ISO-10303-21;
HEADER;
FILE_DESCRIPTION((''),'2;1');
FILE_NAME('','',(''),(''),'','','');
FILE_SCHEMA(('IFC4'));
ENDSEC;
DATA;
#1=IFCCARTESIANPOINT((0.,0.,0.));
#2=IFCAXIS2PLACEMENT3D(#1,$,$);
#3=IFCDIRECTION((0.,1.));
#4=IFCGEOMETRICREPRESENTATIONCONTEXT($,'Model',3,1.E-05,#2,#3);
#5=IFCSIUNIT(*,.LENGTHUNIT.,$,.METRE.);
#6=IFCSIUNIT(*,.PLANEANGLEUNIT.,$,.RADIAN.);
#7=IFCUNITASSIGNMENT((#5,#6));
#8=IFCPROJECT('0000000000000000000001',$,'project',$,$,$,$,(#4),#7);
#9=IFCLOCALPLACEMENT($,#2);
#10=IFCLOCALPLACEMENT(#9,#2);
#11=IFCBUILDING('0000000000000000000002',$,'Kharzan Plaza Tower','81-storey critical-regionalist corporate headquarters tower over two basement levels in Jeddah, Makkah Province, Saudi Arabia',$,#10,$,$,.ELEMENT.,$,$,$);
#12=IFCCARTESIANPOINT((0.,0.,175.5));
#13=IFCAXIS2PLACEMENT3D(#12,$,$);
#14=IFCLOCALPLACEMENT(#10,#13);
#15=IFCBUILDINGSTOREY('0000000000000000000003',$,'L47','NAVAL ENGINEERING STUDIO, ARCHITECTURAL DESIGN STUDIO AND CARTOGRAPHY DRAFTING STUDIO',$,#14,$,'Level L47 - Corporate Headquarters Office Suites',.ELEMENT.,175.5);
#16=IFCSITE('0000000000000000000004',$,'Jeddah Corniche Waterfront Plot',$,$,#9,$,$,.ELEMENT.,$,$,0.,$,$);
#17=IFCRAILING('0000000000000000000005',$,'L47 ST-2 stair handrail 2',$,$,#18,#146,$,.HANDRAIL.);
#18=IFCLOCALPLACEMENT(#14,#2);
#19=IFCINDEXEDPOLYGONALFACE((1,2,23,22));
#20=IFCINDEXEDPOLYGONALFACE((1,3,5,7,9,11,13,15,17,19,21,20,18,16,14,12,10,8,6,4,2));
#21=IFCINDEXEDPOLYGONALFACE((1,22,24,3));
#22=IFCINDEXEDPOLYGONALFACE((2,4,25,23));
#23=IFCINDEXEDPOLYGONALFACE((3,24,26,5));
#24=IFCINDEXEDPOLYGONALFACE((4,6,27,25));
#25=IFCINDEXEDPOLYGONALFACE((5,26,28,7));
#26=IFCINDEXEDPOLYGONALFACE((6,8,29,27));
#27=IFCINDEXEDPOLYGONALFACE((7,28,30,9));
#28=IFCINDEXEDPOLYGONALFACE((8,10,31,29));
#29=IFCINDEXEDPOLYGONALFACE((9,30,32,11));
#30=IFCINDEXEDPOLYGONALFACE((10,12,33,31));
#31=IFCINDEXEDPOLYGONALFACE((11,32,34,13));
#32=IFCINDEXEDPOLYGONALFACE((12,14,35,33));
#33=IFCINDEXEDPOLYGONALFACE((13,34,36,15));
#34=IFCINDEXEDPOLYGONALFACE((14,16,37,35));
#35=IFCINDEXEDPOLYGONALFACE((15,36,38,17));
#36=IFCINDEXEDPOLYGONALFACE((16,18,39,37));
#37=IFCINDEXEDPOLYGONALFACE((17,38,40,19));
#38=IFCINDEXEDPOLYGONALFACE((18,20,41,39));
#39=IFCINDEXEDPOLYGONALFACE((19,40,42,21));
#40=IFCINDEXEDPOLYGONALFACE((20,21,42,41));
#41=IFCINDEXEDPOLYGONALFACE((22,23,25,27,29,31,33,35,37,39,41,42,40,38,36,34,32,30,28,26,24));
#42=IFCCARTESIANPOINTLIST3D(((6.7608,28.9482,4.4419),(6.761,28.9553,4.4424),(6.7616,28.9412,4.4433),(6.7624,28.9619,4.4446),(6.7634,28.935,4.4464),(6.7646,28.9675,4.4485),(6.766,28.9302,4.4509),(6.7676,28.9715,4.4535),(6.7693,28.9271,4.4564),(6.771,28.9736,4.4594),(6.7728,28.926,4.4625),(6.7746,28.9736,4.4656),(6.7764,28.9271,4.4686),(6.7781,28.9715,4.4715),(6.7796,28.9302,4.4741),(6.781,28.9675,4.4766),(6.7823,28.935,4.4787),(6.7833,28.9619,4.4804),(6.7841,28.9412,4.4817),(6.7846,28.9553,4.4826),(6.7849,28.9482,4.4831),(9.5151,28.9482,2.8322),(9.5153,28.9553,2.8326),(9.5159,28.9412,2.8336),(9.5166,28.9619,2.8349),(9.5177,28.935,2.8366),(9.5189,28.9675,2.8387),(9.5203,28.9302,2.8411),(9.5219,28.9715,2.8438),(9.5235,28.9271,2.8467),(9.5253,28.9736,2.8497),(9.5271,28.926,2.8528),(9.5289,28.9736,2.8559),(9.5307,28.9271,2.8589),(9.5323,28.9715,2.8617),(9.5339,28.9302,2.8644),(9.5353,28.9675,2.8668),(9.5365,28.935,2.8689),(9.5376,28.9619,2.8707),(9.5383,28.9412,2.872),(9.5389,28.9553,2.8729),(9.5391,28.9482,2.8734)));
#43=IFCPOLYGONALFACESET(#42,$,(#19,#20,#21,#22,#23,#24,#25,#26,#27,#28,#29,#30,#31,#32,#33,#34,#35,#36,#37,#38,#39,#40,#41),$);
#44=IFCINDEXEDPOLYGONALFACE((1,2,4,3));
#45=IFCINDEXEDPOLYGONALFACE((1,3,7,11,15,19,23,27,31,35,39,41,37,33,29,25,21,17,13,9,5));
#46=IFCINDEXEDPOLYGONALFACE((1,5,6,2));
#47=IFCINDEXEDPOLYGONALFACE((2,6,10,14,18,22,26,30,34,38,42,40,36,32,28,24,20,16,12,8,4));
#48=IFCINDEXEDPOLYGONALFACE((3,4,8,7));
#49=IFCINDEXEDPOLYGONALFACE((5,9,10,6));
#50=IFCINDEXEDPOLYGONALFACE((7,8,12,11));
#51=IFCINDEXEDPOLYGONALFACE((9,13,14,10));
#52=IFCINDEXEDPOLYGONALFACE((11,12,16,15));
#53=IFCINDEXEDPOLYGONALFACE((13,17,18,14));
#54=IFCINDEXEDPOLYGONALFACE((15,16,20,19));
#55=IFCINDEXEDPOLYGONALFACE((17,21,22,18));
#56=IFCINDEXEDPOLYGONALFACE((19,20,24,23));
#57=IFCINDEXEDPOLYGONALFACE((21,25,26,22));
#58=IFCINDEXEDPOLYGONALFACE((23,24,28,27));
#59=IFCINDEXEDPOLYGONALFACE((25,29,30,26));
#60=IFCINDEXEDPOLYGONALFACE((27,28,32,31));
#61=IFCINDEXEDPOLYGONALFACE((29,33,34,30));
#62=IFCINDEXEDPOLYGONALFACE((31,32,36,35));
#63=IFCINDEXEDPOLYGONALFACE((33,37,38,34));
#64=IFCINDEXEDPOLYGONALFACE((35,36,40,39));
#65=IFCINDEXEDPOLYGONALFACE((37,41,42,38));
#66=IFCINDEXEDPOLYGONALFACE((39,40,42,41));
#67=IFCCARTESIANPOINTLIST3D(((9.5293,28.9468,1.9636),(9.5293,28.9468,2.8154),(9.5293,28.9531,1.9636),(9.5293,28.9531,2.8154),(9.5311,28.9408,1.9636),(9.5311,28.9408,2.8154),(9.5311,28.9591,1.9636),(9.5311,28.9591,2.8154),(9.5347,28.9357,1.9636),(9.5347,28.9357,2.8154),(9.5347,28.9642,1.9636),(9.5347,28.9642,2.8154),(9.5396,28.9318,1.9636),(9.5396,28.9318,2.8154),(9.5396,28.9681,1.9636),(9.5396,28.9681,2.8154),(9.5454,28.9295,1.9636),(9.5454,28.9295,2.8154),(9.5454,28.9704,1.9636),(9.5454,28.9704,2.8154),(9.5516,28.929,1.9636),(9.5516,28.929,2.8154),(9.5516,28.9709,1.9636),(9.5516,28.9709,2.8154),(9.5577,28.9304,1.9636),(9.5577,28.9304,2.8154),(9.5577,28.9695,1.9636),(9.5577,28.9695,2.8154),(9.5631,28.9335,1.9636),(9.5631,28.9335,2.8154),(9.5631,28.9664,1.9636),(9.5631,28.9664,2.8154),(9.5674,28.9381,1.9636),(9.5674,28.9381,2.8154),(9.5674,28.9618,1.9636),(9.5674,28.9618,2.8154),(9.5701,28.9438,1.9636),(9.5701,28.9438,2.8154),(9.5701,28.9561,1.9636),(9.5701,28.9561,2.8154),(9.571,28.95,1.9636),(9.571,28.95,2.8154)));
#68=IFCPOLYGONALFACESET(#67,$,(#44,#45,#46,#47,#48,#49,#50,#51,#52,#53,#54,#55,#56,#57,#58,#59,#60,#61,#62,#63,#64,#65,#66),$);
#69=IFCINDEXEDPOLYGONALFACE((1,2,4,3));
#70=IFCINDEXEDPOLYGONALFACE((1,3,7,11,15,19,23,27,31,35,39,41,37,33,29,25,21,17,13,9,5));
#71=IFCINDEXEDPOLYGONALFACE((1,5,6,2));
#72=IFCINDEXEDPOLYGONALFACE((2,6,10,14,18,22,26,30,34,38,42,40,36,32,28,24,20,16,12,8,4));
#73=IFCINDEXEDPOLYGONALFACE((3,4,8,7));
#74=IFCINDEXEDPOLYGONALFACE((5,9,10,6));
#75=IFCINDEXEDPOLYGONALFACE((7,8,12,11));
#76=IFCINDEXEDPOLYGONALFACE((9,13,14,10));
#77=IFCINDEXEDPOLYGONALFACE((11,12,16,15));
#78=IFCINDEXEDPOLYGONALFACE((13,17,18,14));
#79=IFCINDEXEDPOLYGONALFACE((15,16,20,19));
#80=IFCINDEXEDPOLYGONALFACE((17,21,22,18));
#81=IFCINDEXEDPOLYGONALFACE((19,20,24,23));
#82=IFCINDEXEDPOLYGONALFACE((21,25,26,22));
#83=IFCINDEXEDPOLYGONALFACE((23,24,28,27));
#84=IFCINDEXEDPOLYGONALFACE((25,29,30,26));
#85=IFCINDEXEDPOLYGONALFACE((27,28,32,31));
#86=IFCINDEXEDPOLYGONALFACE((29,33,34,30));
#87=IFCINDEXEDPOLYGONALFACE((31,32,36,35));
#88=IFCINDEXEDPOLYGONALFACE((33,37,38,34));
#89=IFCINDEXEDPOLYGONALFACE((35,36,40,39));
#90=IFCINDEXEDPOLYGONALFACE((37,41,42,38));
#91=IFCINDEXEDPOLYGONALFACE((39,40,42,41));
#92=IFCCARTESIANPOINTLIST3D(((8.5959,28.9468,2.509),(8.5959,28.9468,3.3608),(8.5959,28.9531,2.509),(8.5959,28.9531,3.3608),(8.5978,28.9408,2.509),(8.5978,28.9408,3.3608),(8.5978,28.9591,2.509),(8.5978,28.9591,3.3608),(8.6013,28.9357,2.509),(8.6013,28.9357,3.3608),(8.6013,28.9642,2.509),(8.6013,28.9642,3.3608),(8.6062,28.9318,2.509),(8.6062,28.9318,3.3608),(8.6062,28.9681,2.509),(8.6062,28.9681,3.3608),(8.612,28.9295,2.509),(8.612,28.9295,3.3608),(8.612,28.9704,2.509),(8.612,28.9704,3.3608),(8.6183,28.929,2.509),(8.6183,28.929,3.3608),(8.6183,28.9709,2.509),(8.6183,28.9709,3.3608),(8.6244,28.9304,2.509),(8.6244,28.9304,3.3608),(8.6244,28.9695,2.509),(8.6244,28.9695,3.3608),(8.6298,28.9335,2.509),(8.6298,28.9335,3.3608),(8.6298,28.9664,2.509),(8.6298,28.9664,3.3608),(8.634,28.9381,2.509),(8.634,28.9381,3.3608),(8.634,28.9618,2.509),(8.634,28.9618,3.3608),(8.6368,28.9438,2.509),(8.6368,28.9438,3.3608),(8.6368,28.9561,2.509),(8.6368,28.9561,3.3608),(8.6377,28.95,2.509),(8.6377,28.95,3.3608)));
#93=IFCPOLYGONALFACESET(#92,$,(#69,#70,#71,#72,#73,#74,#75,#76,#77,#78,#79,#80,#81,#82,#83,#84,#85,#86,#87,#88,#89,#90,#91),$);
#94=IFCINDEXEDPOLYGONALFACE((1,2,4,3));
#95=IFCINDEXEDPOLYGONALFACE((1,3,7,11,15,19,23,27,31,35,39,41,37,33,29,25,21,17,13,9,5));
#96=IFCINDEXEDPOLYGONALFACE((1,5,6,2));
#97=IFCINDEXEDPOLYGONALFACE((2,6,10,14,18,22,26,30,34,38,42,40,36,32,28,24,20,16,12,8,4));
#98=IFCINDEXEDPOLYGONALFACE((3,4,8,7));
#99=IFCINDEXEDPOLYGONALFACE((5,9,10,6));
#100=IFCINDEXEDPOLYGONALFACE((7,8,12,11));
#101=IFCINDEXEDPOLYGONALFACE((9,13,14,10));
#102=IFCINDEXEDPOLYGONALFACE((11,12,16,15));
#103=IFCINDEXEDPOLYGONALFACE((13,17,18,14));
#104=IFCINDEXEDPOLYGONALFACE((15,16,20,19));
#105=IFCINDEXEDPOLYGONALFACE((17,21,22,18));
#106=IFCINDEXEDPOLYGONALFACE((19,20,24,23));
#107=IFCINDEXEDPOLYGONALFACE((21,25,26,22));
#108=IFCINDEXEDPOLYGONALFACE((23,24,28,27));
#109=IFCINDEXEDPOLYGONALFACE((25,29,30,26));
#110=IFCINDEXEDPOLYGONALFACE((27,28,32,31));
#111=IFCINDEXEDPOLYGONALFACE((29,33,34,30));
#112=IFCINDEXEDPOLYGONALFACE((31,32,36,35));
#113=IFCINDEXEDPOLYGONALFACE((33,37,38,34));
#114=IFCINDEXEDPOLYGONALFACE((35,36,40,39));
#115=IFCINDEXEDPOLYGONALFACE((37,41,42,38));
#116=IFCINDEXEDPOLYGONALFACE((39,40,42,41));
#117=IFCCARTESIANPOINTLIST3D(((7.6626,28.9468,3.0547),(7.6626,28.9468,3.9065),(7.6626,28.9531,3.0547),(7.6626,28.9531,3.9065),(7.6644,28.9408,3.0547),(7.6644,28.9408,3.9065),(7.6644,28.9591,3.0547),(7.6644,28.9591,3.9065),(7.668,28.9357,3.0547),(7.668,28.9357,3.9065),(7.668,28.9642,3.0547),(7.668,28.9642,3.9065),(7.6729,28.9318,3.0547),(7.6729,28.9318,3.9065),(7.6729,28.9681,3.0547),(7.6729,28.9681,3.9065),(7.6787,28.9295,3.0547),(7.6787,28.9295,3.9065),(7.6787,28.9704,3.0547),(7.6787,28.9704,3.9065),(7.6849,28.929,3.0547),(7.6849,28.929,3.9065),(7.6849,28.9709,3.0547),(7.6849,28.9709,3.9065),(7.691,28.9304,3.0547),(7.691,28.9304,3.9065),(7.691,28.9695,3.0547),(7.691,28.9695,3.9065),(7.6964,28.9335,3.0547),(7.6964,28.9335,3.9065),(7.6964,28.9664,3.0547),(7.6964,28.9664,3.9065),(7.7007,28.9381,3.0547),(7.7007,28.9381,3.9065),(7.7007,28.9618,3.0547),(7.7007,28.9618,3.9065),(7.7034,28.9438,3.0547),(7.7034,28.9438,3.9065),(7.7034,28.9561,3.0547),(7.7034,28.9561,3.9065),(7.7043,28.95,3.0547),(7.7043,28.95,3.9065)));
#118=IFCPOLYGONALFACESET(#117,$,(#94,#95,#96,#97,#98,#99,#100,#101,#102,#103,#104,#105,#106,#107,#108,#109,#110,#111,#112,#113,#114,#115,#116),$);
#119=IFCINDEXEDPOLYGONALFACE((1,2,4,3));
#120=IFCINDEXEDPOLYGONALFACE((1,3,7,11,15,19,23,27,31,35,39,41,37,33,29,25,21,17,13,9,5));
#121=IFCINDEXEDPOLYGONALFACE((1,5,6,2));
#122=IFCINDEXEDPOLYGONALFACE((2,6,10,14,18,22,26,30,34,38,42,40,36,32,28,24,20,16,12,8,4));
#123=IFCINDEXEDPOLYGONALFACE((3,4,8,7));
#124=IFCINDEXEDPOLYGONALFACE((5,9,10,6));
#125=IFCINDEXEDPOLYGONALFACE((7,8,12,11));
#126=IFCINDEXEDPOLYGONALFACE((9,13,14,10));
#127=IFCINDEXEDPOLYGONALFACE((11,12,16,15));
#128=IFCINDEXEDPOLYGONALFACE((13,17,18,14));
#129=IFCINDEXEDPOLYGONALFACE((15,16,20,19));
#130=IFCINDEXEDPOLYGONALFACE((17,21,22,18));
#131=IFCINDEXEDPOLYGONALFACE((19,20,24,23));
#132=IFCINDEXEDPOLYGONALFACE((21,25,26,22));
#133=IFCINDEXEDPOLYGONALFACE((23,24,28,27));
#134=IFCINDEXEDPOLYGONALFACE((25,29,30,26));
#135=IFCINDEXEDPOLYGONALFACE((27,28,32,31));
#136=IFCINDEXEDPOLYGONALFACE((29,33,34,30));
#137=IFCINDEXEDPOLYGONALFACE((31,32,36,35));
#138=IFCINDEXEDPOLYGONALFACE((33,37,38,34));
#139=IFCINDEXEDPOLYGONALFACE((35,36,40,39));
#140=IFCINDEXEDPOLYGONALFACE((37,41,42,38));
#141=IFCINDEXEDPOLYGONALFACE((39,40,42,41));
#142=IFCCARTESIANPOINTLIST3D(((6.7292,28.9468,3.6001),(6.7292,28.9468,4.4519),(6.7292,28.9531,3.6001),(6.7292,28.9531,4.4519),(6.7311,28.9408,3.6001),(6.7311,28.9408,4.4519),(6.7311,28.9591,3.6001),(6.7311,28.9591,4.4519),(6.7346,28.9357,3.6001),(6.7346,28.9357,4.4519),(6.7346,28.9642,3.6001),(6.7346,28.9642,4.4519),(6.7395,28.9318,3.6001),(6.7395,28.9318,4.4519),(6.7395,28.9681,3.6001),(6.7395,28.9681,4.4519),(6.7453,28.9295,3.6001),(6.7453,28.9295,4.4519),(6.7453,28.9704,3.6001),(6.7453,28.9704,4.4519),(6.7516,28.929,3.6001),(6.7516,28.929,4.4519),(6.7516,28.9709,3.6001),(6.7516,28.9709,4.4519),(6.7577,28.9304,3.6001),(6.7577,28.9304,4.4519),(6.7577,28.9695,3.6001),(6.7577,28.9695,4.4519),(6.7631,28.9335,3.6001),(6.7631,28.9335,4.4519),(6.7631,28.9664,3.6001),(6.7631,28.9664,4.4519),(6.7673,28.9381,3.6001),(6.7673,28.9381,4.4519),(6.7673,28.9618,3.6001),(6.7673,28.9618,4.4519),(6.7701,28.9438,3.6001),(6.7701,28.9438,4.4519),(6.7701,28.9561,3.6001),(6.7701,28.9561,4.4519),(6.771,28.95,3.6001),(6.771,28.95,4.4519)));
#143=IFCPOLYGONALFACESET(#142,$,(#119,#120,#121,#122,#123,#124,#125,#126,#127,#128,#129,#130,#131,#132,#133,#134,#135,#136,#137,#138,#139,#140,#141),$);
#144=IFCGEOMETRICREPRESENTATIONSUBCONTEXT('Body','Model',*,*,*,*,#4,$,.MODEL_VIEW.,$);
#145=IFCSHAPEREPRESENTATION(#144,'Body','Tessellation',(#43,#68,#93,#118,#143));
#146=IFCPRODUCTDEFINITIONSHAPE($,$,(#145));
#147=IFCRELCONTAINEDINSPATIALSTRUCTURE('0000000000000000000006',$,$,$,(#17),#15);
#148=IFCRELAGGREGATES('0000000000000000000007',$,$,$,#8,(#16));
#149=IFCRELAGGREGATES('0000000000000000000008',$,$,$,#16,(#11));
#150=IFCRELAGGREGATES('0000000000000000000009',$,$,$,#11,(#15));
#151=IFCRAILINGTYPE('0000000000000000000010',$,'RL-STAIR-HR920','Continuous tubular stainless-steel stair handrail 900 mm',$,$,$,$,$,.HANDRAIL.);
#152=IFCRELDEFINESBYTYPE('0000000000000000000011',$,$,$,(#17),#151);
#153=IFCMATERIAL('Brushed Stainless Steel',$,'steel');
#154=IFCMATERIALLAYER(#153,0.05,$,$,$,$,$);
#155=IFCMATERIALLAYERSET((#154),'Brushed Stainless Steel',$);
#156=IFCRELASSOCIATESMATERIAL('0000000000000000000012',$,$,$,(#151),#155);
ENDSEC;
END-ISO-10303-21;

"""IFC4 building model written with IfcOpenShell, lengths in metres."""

from ifc_helpers import new_model, si_unit, direction, frame, origin, origin_2d, place, context, subcontext, project, spatial, circle, extrude, source, transform, mapped, material, layer, layer_set, type_object, element, save


model = new_model("IFC4")

# Units and contexts
model_context = context("Model", 3, precision=1e-05, world=origin(), true_north=direction((0.0, 1.0)))
body_context = subcontext(model_context, "Body", "Model", "MODEL_VIEW")
ifc_project = project(units=[si_unit("LENGTHUNIT", "METRE"), si_unit("PLANEANGLEUNIT", "RADIAN")], contexts=[model_context])

# Site, building, storey
site_placement = place(None, origin())
site = spatial("IfcSite", under=ifc_project, at=site_placement, Name="Jeddah Corniche Waterfront Plot", CompositionType="ELEMENT", RefElevation=0.0)
building_placement = place(site_placement, origin())
building = spatial("IfcBuilding", under=site, at=building_placement, Name="Kharzan Plaza Tower", Description="81-storey critical-regionalist corporate headquarters tower over two basement levels in Jeddah, Makkah Province, Saudi Arabia", CompositionType="ELEMENT")
storey_placement = place(building_placement, frame((0.0, 0.0, 175.5)))
storey = spatial("IfcBuildingStorey", under=building, at=storey_placement, Name="L47", Description="NAVAL ENGINEERING STUDIO, ARCHITECTURAL DESIGN STUDIO AND CARTOGRAPHY DRAFTING STUDIO", LongName="Level L47 - Corporate Headquarters Office Suites", CompositionType="ELEMENT", Elevation=175.5)

# Shared definitions
ifc_material_1 = material(Name="Brushed Stainless Steel", Category="steel")

# Railing
ifc_layer_1 = layer(ifc_material_1, 0.05)
ifc_layer_set_1 = layer_set([ifc_layer_1], Name="Brushed Stainless Steel")
railing_type_1 = type_object("IfcRailingType", Name="RL-STAIR-HR920", Description="Continuous tubular stainless-steel stair handrail 900 mm", PredefinedType="HANDRAIL", material=ifc_layer_set_1)
shared_shape_1 = source(origin(), body_context, "Body", "SweptSolid", [
    extrude(circle(Radius=0.0239, at=origin_2d()), frame((-0.0229, 0.0, 0.8892), z_axis=(-0.863361, 0.0, 0.504587), x_axis=(0.0, -1.0, 0.0)), (0.0, 0.0, 1.0), 3.1902),
    extrude(circle(Radius=0.021, at=origin_2d()), origin(), (0.0, 0.0, 1.0), 0.8518),
    extrude(circle(Radius=0.021, at=origin_2d()), frame((-0.9333, 0.0, 0.5454)), (0.0, 0.0, 1.0), 0.8518),
    extrude(circle(Radius=0.021, at=origin_2d()), frame((-1.8667, 0.0, 1.0911)), (0.0, 0.0, 1.0), 0.8518),
    extrude(circle(Radius=0.021, at=origin_2d()), frame((-2.8, 0.0, 1.6365)), (0.0, 0.0, 1.0), 0.8518),
])
railing_1_placement = place(storey_placement, frame((9.55, 28.95, 1.9636)))
element("IfcRailing", 1, at=railing_1_placement, inside=storey, type_object=railing_type_1, Name="L47 ST-2 stair handrail 2", PredefinedType="HANDRAIL", context=body_context, shape_type="MappedRepresentation", body=[
    mapped(shared_shape_1, transform((0.0, 0.0, 0.0), x_axis=(1.0, 0.0, 0.0), y_axis=(0.0, 1.0, 0.0), z_axis=(0.0, 0.0, 1.0))),
])

save(model, "model.ifc")
